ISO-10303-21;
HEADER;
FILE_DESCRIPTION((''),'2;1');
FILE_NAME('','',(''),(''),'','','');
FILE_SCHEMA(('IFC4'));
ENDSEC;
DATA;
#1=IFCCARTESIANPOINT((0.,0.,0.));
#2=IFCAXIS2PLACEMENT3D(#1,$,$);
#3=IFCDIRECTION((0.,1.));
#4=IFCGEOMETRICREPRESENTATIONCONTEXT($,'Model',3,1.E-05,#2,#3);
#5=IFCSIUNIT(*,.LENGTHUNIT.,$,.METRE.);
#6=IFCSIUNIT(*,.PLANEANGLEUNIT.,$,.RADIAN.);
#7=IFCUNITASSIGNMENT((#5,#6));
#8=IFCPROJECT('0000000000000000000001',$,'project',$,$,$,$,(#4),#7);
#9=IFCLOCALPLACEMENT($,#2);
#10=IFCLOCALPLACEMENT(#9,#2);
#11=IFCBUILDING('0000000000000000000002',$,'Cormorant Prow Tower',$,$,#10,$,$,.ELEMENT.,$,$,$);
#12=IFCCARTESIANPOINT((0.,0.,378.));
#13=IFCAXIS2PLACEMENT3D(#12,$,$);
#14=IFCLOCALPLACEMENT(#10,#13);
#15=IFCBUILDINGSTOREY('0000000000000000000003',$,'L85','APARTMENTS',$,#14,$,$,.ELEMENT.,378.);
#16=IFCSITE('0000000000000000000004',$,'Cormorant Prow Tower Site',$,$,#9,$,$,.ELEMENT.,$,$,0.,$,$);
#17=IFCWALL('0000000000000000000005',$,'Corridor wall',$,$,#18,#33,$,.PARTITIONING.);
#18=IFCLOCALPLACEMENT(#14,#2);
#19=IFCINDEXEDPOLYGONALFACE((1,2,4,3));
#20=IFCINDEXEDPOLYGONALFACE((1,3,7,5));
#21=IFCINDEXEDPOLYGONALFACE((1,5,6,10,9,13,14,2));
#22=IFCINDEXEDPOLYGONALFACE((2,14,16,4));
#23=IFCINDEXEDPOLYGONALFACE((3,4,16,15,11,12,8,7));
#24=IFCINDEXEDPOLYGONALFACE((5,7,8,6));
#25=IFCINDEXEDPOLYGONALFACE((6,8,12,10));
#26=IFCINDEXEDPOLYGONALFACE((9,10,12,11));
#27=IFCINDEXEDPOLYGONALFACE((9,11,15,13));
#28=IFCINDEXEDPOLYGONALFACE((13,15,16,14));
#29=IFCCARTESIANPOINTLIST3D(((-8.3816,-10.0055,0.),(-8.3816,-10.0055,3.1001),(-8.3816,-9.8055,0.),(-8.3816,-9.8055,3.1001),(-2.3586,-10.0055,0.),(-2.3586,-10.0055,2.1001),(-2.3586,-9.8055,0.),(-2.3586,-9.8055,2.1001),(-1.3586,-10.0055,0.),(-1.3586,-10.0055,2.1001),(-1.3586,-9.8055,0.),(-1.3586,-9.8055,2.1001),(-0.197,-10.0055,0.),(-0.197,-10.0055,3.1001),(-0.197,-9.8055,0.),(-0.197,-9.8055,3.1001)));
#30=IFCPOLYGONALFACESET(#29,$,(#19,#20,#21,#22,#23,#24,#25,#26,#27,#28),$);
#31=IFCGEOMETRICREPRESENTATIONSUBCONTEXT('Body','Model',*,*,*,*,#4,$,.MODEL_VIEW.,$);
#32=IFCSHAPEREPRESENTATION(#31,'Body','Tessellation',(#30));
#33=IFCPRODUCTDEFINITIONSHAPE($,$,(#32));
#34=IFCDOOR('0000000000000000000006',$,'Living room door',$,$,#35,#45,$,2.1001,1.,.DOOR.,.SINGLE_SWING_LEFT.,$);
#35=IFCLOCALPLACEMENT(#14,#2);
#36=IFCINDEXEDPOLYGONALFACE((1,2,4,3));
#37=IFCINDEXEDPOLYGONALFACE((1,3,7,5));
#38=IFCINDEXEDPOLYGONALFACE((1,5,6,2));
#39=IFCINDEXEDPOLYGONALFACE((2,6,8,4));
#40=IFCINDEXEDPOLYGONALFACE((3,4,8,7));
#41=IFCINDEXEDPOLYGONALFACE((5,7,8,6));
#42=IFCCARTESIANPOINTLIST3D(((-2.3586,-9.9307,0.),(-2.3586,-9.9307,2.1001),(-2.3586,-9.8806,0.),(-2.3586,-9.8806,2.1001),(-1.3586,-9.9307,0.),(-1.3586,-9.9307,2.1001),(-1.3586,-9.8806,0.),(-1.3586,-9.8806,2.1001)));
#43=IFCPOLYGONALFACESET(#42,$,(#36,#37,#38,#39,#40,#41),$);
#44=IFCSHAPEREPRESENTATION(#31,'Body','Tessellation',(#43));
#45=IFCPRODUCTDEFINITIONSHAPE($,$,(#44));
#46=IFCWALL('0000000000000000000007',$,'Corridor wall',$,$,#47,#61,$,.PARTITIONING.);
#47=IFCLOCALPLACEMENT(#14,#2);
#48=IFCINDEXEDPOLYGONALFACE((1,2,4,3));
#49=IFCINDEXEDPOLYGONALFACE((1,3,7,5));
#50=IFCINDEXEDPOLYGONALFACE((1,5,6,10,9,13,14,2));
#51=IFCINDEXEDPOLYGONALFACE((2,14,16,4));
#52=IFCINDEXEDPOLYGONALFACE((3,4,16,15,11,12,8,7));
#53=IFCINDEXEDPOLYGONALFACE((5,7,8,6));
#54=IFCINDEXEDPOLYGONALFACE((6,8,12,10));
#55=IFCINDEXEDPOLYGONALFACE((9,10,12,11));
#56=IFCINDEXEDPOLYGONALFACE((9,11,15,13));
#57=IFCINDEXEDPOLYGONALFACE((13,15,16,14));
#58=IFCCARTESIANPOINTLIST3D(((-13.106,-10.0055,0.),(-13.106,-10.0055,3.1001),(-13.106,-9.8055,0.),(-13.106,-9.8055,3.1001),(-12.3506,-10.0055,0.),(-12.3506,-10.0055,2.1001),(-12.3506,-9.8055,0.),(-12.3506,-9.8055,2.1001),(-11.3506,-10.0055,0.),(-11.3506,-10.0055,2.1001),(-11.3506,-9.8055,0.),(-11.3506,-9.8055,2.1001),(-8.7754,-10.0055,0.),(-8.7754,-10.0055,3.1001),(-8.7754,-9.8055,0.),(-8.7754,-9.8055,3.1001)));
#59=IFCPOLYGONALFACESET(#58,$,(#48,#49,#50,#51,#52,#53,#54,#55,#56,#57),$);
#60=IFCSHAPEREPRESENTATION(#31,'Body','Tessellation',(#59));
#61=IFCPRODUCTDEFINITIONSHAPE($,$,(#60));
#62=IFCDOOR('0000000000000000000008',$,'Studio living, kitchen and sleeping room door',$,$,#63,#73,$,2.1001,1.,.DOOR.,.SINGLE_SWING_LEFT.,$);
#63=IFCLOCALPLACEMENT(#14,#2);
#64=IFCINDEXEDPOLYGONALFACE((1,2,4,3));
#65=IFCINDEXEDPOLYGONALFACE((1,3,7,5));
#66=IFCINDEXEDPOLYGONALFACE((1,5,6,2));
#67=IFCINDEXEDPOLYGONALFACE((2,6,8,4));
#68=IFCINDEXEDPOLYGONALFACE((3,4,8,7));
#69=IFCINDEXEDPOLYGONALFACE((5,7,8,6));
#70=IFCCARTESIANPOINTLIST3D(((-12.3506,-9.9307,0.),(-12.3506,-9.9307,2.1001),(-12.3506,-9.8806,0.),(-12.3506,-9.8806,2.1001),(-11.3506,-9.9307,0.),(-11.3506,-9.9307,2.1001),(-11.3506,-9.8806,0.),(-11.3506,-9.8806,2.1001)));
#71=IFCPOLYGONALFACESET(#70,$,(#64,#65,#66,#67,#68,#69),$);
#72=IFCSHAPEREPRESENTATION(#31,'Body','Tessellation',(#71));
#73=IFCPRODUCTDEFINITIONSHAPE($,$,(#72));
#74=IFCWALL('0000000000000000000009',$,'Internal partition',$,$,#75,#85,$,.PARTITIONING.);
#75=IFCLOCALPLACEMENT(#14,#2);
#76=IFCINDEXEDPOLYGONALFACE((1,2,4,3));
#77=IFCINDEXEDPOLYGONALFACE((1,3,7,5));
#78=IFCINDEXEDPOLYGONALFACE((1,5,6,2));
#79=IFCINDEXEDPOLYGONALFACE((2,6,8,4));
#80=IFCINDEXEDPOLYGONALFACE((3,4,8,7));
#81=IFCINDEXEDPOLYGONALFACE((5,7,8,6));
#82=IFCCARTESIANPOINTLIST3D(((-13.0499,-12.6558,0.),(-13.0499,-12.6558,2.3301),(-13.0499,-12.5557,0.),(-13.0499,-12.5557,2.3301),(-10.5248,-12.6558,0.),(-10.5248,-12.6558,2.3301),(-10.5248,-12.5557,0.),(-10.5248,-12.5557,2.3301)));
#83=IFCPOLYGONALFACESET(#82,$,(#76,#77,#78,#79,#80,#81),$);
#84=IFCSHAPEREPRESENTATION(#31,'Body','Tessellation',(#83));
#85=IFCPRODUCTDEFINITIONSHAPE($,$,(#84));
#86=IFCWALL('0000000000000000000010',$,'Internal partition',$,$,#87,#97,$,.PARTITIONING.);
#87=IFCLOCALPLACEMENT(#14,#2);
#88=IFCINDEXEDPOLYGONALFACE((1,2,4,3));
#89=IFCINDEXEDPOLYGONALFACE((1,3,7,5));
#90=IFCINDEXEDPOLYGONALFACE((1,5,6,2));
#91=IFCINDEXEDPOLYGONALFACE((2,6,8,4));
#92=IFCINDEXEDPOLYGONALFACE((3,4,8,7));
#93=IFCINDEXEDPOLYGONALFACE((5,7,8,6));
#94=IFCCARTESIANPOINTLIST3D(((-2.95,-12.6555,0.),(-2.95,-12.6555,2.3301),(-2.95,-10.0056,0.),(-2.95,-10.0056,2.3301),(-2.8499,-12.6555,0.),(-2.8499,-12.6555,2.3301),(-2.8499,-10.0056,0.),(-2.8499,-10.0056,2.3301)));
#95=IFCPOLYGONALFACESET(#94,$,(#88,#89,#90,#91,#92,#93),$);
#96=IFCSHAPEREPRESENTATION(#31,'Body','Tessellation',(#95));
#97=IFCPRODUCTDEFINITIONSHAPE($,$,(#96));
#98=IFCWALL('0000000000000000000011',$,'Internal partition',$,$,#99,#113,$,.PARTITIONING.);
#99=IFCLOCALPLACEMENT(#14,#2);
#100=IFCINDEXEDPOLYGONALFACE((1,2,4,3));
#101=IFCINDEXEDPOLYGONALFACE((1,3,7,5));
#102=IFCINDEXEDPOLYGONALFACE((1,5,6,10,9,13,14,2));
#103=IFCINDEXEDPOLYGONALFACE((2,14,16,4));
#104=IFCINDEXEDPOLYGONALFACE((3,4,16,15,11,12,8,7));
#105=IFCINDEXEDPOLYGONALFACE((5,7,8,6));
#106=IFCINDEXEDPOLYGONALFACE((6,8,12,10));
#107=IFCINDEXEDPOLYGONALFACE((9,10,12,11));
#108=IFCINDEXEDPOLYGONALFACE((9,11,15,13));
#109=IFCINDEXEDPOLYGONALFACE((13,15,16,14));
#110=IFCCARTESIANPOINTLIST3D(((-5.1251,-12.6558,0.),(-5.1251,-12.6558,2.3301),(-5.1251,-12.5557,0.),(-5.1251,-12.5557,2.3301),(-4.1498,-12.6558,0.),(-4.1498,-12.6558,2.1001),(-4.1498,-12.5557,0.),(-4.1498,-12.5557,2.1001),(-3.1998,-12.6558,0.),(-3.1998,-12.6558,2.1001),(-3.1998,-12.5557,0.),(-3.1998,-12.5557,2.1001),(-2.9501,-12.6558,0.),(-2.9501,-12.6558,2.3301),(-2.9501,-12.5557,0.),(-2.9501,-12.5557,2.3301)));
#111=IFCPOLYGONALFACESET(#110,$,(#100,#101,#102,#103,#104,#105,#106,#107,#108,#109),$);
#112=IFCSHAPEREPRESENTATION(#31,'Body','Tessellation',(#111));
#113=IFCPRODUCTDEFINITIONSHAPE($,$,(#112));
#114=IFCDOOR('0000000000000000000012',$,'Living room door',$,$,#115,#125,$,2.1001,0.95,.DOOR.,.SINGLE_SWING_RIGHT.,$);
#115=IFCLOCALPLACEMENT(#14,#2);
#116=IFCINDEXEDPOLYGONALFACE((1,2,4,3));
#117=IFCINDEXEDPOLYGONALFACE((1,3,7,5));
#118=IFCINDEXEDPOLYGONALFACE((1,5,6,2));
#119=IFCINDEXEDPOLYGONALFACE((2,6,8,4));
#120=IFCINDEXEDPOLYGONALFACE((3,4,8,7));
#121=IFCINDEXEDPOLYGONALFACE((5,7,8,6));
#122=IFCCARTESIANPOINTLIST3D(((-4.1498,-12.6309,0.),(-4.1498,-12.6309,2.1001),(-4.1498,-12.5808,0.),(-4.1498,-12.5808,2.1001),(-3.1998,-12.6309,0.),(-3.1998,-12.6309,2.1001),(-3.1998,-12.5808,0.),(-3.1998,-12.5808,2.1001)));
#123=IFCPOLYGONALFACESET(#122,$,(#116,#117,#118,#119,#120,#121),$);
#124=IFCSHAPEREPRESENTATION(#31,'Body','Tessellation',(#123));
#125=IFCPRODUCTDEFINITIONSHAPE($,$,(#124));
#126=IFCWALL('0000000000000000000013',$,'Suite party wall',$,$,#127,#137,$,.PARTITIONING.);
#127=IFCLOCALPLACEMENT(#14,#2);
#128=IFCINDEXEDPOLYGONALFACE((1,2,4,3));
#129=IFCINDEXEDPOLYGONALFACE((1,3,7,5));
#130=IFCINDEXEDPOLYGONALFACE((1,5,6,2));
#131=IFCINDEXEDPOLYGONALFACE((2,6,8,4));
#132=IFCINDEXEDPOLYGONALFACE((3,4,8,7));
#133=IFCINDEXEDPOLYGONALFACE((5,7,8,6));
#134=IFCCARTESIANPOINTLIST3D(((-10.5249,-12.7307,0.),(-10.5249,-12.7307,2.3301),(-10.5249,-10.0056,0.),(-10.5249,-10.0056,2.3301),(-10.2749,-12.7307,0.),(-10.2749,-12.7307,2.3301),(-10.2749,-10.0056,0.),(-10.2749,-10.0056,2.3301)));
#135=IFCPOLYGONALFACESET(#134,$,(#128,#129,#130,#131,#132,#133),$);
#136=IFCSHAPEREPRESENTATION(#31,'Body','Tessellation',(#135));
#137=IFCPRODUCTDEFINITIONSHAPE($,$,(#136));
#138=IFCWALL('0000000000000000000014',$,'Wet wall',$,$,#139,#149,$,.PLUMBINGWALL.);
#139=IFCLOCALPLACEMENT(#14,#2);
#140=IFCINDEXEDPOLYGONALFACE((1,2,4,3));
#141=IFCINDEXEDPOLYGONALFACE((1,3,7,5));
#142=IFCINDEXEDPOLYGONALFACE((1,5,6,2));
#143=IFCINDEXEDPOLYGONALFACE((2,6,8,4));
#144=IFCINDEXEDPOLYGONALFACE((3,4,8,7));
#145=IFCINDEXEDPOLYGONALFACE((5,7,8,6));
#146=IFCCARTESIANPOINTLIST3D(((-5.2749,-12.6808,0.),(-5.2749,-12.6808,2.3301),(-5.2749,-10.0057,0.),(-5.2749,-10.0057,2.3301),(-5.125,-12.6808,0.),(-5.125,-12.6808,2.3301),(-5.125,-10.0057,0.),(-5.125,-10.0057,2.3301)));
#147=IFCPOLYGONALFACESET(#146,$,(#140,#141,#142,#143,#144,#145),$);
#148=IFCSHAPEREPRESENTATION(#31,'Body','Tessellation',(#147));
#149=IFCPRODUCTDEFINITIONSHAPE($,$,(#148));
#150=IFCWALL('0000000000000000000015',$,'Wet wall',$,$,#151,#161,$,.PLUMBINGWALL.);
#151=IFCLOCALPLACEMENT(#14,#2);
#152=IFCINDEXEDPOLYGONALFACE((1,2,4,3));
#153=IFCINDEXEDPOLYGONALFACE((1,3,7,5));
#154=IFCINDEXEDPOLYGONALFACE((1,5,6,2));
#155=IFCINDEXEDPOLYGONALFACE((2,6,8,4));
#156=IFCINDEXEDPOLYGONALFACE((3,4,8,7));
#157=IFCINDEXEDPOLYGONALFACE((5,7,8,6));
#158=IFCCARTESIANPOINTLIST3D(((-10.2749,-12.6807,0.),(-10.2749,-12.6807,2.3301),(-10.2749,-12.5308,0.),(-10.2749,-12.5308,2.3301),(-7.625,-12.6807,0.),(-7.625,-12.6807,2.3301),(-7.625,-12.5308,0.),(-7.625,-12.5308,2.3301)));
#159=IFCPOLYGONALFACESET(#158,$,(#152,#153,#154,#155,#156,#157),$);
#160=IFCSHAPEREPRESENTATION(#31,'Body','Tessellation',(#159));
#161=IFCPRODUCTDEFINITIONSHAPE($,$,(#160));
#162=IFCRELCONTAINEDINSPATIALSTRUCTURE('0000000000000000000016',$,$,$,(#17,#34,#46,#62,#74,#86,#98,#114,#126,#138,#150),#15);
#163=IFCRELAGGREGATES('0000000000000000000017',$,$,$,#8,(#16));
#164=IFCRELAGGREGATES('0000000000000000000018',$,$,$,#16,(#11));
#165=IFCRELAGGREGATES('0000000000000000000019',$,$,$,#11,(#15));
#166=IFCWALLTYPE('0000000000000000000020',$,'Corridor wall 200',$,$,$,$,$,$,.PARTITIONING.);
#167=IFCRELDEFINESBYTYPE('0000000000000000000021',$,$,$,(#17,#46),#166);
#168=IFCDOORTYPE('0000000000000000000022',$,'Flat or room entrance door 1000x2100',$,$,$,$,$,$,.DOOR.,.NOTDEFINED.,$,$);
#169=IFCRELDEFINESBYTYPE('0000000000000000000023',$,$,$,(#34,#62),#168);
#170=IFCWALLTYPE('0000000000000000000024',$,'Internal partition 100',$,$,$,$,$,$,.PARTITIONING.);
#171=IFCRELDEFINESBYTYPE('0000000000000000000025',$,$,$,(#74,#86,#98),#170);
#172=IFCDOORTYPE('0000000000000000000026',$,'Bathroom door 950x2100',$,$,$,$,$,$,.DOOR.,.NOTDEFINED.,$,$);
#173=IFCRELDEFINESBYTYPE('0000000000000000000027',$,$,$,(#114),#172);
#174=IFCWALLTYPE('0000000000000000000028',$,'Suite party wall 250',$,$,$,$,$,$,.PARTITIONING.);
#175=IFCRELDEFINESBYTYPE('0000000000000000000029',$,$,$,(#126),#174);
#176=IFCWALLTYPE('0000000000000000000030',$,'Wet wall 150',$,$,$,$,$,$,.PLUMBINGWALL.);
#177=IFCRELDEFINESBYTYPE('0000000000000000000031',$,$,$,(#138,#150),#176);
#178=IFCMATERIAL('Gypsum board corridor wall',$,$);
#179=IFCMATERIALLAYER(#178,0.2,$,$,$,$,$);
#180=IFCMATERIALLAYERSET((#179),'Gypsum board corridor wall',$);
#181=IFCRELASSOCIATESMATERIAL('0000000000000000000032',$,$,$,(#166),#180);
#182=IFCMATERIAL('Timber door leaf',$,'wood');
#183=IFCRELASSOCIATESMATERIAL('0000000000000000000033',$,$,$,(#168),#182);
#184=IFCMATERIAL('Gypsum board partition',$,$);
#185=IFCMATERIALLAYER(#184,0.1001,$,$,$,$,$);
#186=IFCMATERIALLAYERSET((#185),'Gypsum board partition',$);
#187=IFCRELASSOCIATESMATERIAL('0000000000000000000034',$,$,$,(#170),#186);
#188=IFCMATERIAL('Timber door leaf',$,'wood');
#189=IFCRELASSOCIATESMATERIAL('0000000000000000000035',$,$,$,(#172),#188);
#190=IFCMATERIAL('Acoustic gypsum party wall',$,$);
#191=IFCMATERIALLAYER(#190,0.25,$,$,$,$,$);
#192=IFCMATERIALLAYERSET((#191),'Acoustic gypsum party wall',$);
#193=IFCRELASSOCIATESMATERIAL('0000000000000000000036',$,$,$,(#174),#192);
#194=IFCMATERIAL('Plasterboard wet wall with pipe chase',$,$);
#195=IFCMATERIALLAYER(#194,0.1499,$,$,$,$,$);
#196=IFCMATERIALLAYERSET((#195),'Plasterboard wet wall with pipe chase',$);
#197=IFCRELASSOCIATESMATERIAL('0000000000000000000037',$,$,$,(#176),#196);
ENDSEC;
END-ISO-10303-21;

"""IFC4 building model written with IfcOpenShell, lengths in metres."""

from ifc_helpers import new_model, si_unit, direction, frame, frame_2d, origin, place, context, subcontext, project, spatial, rectangle, extrude, material, layer, layer_set, type_object, element, fill, save


model = new_model("IFC4")

# Units and contexts
model_context = context("Model", 3, precision=1e-05, world=origin(), true_north=direction((0.0, 1.0)))
body_context = subcontext(model_context, "Body", "Model", "MODEL_VIEW")
ifc_project = project(units=[si_unit("LENGTHUNIT", "METRE"), si_unit("PLANEANGLEUNIT", "RADIAN")], contexts=[model_context])

# Site, building, storey
site_placement = place(None, origin())
site = spatial("IfcSite", under=ifc_project, at=site_placement, Name="Cormorant Prow Tower Site", CompositionType="ELEMENT", RefElevation=0.0)
building_placement = place(site_placement, origin())
building = spatial("IfcBuilding", under=site, at=building_placement, Name="Cormorant Prow Tower", CompositionType="ELEMENT")
storey_placement = place(building_placement, frame((0.0, 0.0, 378.0)))
storey = spatial("IfcBuildingStorey", under=building, at=storey_placement, Name="L85", Description="APARTMENTS", CompositionType="ELEMENT", Elevation=378.0)

# Walls, openings, doors
ifc_material_1 = material(Name="Gypsum board corridor wall")
ifc_layer_1 = layer(ifc_material_1, 0.2)
ifc_layer_set_1 = layer_set([ifc_layer_1], Name="Gypsum board corridor wall")
wall_type_1 = type_object("IfcWallType", Name="Corridor wall 200", PredefinedType="PARTITIONING", material=ifc_layer_set_1)
wall_1_placement = place(storey_placement, frame((-8.3816, -9.9055, 0.0), z_axis=(0.0, 0.0, 1.0), x_axis=(1.0, 0.0, 0.0)))
wall_1 = element("IfcWall", 1, at=wall_1_placement, inside=storey, type_object=wall_type_1, Name="Corridor wall", PredefinedType="PARTITIONING", context=body_context, shape_type="SweptSolid", body=[
    extrude(rectangle(XDim=8.1846, YDim=0.2, at=frame_2d((4.0923, 0.0))), origin(), (0.0, 0.0, 1.0), 3.1001),
])
opening_1_placement = place(wall_1_placement, frame((6.0229, 0.0, 0.0)))
opening_1 = element("IfcOpeningElement", 2, at=opening_1_placement, cuts=wall_1, PredefinedType="OPENING", context=body_context, shape_type="SweptSolid", body=[
    extrude(rectangle(XDim=1.0, YDim=2.1001, at=frame_2d((0.5, 1.05))), frame((0.0, 0.1099, 0.0), z_axis=(0.0, -1.0, 0.0), x_axis=(1.0, 0.0, 0.0)), (0.0, 0.0, 1.0), 0.22),
])
ifc_material_2 = material(Name="Timber door leaf", Category="wood")
door_type_1 = type_object("IfcDoorType", Name="Flat or room entrance door 1000x2100", OperationType="NOTDEFINED", PredefinedType="DOOR", material=ifc_material_2)
door_1_placement = place(opening_1_placement, origin())
door_1 = element("IfcDoor", 3, at=door_1_placement, inside=storey, type_object=door_type_1, Name="Living room door", OperationType="SINGLE_SWING_LEFT", OverallHeight=2.1001, OverallWidth=1.0, PredefinedType="DOOR", context=body_context, shape_type="SweptSolid", body=[
    extrude(rectangle(XDim=1.0, YDim=2.1001, at=frame_2d((0.5, 1.05))), frame((0.0, 0.0249, 0.0), z_axis=(0.0, -1.0, 0.0), x_axis=(1.0, 0.0, 0.0)), (0.0, 0.0, 1.0), 0.05),
])
fill(opening_1, door_1)
wall_2_placement = place(storey_placement, frame((-13.106, -9.9055, 0.0), z_axis=(0.0, 0.0, 1.0), x_axis=(1.0, 0.0, 0.0)))
wall_2 = element("IfcWall", 4, at=wall_2_placement, inside=storey, type_object=wall_type_1, Name="Corridor wall", PredefinedType="PARTITIONING", context=body_context, shape_type="SweptSolid", body=[
    extrude(rectangle(XDim=4.3306, YDim=0.2, at=frame_2d((2.1653, 0.0))), origin(), (0.0, 0.0, 1.0), 3.1001),
])
opening_2_placement = place(wall_2_placement, frame((0.7554, 0.0, 0.0)))
opening_2 = element("IfcOpeningElement", 5, at=opening_2_placement, cuts=wall_2, PredefinedType="OPENING", context=body_context, shape_type="SweptSolid", body=[
    extrude(rectangle(XDim=1.0, YDim=2.1001, at=frame_2d((0.5, 1.05))), frame((0.0, 0.1099, 0.0), z_axis=(0.0, -1.0, 0.0), x_axis=(1.0, 0.0, 0.0)), (0.0, 0.0, 1.0), 0.22),
])
door_2_placement = place(opening_2_placement, origin())
door_2 = element("IfcDoor", 6, at=door_2_placement, inside=storey, type_object=door_type_1, Name="Studio living, kitchen and sleeping room door", OperationType="SINGLE_SWING_LEFT", OverallHeight=2.1001, OverallWidth=1.0, PredefinedType="DOOR", context=body_context, shape_type="SweptSolid", body=[
    extrude(rectangle(XDim=1.0, YDim=2.1001, at=frame_2d((0.5, 1.05))), frame((0.0, 0.0249, 0.0), z_axis=(0.0, -1.0, 0.0), x_axis=(1.0, 0.0, 0.0)), (0.0, 0.0, 1.0), 0.05),
])
fill(opening_2, door_2)

# Walls
ifc_material_3 = material(Name="Gypsum board partition")
ifc_layer_2 = layer(ifc_material_3, 0.1001)
ifc_layer_set_2 = layer_set([ifc_layer_2], Name="Gypsum board partition")
wall_type_2 = type_object("IfcWallType", Name="Internal partition 100", PredefinedType="PARTITIONING", material=ifc_layer_set_2)
wall_3_placement = place(storey_placement, frame((-13.05, -12.6057, 0.0), z_axis=(0.0, 0.0, 1.0), x_axis=(1.0, 0.0, 0.0)))
element("IfcWall", 7, at=wall_3_placement, inside=storey, type_object=wall_type_2, Name="Internal partition", PredefinedType="PARTITIONING", context=body_context, shape_type="SweptSolid", body=[
    extrude(rectangle(XDim=2.5251, YDim=0.1001, at=frame_2d((1.2627, 0.0))), origin(), (0.0, 0.0, 1.0), 2.3301),
])
wall_4_placement = place(storey_placement, frame((-2.8999, -12.6555, 0.0), z_axis=(0.0, 0.0, 1.0), x_axis=(0.0, 1.0, 0.0)))
element("IfcWall", 8, at=wall_4_placement, inside=storey, type_object=wall_type_2, Name="Internal partition", PredefinedType="PARTITIONING", context=body_context, shape_type="SweptSolid", body=[
    extrude(rectangle(XDim=2.6499, YDim=0.1001, at=frame_2d((1.325, 0.0))), origin(), (0.0, 0.0, 1.0), 2.3301),
])

# Wall, opening, door
wall_5_placement = place(storey_placement, frame((-5.125, -12.6057, 0.0), z_axis=(0.0, 0.0, 1.0), x_axis=(1.0, 0.0, 0.0)))
wall_5 = element("IfcWall", 9, at=wall_5_placement, inside=storey, type_object=wall_type_2, Name="Internal partition", PredefinedType="PARTITIONING", context=body_context, shape_type="SweptSolid", body=[
    extrude(rectangle(XDim=2.175, YDim=0.1001, at=frame_2d((1.0874, 0.0))), origin(), (0.0, 0.0, 1.0), 2.3301),
])
opening_3_placement = place(wall_5_placement, frame((0.9751, 0.0, 0.0)))
opening_3 = element("IfcOpeningElement", 10, at=opening_3_placement, cuts=wall_5, PredefinedType="OPENING", context=body_context, shape_type="SweptSolid", body=[
    extrude(rectangle(XDim=0.95, YDim=2.1001, at=frame_2d((0.4751, 1.05))), frame((0.0, 0.0601, 0.0), z_axis=(0.0, -1.0, 0.0), x_axis=(1.0, 0.0, 0.0)), (0.0, 0.0, 1.0), 0.1201),
])
ifc_material_4 = material(Name="Timber door leaf", Category="wood")
door_type_2 = type_object("IfcDoorType", Name="Bathroom door 950x2100", OperationType="NOTDEFINED", PredefinedType="DOOR", material=ifc_material_4)
door_3_placement = place(opening_3_placement, origin())
door_3 = element("IfcDoor", 11, at=door_3_placement, inside=storey, type_object=door_type_2, Name="Living room door", OperationType="SINGLE_SWING_RIGHT", OverallHeight=2.1001, OverallWidth=0.95, PredefinedType="DOOR", context=body_context, shape_type="SweptSolid", body=[
    extrude(rectangle(XDim=0.95, YDim=2.1001, at=frame_2d((0.4751, 1.05))), frame((0.0, 0.0249, 0.0), z_axis=(0.0, -1.0, 0.0), x_axis=(1.0, 0.0, 0.0)), (0.0, 0.0, 1.0), 0.05),
])
fill(opening_3, door_3)

# Walls
ifc_material_5 = material(Name="Acoustic gypsum party wall")
ifc_layer_3 = layer(ifc_material_5, 0.25)
ifc_layer_set_3 = layer_set([ifc_layer_3], Name="Acoustic gypsum party wall")
wall_type_3 = type_object("IfcWallType", Name="Suite party wall 250", PredefinedType="PARTITIONING", material=ifc_layer_set_3)
wall_6_placement = place(storey_placement, frame((-10.3999, -12.7307, 0.0), z_axis=(0.0, 0.0, 1.0), x_axis=(0.0, 1.0, 0.0)))
element("IfcWall", 12, at=wall_6_placement, inside=storey, type_object=wall_type_3, Name="Suite party wall", PredefinedType="PARTITIONING", context=body_context, shape_type="SweptSolid", body=[
    extrude(rectangle(XDim=2.7251, YDim=0.25, at=frame_2d((1.3625, 0.0))), origin(), (0.0, 0.0, 1.0), 2.3301),
])
ifc_material_6 = material(Name="Plasterboard wet wall with pipe chase")
ifc_layer_4 = layer(ifc_material_6, 0.1499)
ifc_layer_set_4 = layer_set([ifc_layer_4], Name="Plasterboard wet wall with pipe chase")
wall_type_4 = type_object("IfcWallType", Name="Wet wall 150", PredefinedType="PLUMBINGWALL", material=ifc_layer_set_4)
wall_7_placement = place(storey_placement, frame((-5.2, -12.6807, 0.0), z_axis=(0.0, 0.0, 1.0), x_axis=(0.0, 1.0, 0.0)))
element("IfcWall", 13, at=wall_7_placement, inside=storey, type_object=wall_type_4, Name="Wet wall", PredefinedType="PLUMBINGWALL", context=body_context, shape_type="SweptSolid", body=[
    extrude(rectangle(XDim=2.675, YDim=0.1499, at=frame_2d((1.3374, 0.0))), origin(), (0.0, 0.0, 1.0), 2.3301),
])
wall_8_placement = place(storey_placement, frame((-10.2749, -12.6057, 0.0), z_axis=(0.0, 0.0, 1.0), x_axis=(1.0, 0.0, 0.0)))
element("IfcWall", 14, at=wall_8_placement, inside=storey, type_object=wall_type_4, Name="Wet wall", PredefinedType="PLUMBINGWALL", context=body_context, shape_type="SweptSolid", body=[
    extrude(rectangle(XDim=2.6499, YDim=0.1499, at=frame_2d((1.325, 0.0))), origin(), (0.0, 0.0, 1.0), 2.3301),
])

save(model, "model.ifc")
